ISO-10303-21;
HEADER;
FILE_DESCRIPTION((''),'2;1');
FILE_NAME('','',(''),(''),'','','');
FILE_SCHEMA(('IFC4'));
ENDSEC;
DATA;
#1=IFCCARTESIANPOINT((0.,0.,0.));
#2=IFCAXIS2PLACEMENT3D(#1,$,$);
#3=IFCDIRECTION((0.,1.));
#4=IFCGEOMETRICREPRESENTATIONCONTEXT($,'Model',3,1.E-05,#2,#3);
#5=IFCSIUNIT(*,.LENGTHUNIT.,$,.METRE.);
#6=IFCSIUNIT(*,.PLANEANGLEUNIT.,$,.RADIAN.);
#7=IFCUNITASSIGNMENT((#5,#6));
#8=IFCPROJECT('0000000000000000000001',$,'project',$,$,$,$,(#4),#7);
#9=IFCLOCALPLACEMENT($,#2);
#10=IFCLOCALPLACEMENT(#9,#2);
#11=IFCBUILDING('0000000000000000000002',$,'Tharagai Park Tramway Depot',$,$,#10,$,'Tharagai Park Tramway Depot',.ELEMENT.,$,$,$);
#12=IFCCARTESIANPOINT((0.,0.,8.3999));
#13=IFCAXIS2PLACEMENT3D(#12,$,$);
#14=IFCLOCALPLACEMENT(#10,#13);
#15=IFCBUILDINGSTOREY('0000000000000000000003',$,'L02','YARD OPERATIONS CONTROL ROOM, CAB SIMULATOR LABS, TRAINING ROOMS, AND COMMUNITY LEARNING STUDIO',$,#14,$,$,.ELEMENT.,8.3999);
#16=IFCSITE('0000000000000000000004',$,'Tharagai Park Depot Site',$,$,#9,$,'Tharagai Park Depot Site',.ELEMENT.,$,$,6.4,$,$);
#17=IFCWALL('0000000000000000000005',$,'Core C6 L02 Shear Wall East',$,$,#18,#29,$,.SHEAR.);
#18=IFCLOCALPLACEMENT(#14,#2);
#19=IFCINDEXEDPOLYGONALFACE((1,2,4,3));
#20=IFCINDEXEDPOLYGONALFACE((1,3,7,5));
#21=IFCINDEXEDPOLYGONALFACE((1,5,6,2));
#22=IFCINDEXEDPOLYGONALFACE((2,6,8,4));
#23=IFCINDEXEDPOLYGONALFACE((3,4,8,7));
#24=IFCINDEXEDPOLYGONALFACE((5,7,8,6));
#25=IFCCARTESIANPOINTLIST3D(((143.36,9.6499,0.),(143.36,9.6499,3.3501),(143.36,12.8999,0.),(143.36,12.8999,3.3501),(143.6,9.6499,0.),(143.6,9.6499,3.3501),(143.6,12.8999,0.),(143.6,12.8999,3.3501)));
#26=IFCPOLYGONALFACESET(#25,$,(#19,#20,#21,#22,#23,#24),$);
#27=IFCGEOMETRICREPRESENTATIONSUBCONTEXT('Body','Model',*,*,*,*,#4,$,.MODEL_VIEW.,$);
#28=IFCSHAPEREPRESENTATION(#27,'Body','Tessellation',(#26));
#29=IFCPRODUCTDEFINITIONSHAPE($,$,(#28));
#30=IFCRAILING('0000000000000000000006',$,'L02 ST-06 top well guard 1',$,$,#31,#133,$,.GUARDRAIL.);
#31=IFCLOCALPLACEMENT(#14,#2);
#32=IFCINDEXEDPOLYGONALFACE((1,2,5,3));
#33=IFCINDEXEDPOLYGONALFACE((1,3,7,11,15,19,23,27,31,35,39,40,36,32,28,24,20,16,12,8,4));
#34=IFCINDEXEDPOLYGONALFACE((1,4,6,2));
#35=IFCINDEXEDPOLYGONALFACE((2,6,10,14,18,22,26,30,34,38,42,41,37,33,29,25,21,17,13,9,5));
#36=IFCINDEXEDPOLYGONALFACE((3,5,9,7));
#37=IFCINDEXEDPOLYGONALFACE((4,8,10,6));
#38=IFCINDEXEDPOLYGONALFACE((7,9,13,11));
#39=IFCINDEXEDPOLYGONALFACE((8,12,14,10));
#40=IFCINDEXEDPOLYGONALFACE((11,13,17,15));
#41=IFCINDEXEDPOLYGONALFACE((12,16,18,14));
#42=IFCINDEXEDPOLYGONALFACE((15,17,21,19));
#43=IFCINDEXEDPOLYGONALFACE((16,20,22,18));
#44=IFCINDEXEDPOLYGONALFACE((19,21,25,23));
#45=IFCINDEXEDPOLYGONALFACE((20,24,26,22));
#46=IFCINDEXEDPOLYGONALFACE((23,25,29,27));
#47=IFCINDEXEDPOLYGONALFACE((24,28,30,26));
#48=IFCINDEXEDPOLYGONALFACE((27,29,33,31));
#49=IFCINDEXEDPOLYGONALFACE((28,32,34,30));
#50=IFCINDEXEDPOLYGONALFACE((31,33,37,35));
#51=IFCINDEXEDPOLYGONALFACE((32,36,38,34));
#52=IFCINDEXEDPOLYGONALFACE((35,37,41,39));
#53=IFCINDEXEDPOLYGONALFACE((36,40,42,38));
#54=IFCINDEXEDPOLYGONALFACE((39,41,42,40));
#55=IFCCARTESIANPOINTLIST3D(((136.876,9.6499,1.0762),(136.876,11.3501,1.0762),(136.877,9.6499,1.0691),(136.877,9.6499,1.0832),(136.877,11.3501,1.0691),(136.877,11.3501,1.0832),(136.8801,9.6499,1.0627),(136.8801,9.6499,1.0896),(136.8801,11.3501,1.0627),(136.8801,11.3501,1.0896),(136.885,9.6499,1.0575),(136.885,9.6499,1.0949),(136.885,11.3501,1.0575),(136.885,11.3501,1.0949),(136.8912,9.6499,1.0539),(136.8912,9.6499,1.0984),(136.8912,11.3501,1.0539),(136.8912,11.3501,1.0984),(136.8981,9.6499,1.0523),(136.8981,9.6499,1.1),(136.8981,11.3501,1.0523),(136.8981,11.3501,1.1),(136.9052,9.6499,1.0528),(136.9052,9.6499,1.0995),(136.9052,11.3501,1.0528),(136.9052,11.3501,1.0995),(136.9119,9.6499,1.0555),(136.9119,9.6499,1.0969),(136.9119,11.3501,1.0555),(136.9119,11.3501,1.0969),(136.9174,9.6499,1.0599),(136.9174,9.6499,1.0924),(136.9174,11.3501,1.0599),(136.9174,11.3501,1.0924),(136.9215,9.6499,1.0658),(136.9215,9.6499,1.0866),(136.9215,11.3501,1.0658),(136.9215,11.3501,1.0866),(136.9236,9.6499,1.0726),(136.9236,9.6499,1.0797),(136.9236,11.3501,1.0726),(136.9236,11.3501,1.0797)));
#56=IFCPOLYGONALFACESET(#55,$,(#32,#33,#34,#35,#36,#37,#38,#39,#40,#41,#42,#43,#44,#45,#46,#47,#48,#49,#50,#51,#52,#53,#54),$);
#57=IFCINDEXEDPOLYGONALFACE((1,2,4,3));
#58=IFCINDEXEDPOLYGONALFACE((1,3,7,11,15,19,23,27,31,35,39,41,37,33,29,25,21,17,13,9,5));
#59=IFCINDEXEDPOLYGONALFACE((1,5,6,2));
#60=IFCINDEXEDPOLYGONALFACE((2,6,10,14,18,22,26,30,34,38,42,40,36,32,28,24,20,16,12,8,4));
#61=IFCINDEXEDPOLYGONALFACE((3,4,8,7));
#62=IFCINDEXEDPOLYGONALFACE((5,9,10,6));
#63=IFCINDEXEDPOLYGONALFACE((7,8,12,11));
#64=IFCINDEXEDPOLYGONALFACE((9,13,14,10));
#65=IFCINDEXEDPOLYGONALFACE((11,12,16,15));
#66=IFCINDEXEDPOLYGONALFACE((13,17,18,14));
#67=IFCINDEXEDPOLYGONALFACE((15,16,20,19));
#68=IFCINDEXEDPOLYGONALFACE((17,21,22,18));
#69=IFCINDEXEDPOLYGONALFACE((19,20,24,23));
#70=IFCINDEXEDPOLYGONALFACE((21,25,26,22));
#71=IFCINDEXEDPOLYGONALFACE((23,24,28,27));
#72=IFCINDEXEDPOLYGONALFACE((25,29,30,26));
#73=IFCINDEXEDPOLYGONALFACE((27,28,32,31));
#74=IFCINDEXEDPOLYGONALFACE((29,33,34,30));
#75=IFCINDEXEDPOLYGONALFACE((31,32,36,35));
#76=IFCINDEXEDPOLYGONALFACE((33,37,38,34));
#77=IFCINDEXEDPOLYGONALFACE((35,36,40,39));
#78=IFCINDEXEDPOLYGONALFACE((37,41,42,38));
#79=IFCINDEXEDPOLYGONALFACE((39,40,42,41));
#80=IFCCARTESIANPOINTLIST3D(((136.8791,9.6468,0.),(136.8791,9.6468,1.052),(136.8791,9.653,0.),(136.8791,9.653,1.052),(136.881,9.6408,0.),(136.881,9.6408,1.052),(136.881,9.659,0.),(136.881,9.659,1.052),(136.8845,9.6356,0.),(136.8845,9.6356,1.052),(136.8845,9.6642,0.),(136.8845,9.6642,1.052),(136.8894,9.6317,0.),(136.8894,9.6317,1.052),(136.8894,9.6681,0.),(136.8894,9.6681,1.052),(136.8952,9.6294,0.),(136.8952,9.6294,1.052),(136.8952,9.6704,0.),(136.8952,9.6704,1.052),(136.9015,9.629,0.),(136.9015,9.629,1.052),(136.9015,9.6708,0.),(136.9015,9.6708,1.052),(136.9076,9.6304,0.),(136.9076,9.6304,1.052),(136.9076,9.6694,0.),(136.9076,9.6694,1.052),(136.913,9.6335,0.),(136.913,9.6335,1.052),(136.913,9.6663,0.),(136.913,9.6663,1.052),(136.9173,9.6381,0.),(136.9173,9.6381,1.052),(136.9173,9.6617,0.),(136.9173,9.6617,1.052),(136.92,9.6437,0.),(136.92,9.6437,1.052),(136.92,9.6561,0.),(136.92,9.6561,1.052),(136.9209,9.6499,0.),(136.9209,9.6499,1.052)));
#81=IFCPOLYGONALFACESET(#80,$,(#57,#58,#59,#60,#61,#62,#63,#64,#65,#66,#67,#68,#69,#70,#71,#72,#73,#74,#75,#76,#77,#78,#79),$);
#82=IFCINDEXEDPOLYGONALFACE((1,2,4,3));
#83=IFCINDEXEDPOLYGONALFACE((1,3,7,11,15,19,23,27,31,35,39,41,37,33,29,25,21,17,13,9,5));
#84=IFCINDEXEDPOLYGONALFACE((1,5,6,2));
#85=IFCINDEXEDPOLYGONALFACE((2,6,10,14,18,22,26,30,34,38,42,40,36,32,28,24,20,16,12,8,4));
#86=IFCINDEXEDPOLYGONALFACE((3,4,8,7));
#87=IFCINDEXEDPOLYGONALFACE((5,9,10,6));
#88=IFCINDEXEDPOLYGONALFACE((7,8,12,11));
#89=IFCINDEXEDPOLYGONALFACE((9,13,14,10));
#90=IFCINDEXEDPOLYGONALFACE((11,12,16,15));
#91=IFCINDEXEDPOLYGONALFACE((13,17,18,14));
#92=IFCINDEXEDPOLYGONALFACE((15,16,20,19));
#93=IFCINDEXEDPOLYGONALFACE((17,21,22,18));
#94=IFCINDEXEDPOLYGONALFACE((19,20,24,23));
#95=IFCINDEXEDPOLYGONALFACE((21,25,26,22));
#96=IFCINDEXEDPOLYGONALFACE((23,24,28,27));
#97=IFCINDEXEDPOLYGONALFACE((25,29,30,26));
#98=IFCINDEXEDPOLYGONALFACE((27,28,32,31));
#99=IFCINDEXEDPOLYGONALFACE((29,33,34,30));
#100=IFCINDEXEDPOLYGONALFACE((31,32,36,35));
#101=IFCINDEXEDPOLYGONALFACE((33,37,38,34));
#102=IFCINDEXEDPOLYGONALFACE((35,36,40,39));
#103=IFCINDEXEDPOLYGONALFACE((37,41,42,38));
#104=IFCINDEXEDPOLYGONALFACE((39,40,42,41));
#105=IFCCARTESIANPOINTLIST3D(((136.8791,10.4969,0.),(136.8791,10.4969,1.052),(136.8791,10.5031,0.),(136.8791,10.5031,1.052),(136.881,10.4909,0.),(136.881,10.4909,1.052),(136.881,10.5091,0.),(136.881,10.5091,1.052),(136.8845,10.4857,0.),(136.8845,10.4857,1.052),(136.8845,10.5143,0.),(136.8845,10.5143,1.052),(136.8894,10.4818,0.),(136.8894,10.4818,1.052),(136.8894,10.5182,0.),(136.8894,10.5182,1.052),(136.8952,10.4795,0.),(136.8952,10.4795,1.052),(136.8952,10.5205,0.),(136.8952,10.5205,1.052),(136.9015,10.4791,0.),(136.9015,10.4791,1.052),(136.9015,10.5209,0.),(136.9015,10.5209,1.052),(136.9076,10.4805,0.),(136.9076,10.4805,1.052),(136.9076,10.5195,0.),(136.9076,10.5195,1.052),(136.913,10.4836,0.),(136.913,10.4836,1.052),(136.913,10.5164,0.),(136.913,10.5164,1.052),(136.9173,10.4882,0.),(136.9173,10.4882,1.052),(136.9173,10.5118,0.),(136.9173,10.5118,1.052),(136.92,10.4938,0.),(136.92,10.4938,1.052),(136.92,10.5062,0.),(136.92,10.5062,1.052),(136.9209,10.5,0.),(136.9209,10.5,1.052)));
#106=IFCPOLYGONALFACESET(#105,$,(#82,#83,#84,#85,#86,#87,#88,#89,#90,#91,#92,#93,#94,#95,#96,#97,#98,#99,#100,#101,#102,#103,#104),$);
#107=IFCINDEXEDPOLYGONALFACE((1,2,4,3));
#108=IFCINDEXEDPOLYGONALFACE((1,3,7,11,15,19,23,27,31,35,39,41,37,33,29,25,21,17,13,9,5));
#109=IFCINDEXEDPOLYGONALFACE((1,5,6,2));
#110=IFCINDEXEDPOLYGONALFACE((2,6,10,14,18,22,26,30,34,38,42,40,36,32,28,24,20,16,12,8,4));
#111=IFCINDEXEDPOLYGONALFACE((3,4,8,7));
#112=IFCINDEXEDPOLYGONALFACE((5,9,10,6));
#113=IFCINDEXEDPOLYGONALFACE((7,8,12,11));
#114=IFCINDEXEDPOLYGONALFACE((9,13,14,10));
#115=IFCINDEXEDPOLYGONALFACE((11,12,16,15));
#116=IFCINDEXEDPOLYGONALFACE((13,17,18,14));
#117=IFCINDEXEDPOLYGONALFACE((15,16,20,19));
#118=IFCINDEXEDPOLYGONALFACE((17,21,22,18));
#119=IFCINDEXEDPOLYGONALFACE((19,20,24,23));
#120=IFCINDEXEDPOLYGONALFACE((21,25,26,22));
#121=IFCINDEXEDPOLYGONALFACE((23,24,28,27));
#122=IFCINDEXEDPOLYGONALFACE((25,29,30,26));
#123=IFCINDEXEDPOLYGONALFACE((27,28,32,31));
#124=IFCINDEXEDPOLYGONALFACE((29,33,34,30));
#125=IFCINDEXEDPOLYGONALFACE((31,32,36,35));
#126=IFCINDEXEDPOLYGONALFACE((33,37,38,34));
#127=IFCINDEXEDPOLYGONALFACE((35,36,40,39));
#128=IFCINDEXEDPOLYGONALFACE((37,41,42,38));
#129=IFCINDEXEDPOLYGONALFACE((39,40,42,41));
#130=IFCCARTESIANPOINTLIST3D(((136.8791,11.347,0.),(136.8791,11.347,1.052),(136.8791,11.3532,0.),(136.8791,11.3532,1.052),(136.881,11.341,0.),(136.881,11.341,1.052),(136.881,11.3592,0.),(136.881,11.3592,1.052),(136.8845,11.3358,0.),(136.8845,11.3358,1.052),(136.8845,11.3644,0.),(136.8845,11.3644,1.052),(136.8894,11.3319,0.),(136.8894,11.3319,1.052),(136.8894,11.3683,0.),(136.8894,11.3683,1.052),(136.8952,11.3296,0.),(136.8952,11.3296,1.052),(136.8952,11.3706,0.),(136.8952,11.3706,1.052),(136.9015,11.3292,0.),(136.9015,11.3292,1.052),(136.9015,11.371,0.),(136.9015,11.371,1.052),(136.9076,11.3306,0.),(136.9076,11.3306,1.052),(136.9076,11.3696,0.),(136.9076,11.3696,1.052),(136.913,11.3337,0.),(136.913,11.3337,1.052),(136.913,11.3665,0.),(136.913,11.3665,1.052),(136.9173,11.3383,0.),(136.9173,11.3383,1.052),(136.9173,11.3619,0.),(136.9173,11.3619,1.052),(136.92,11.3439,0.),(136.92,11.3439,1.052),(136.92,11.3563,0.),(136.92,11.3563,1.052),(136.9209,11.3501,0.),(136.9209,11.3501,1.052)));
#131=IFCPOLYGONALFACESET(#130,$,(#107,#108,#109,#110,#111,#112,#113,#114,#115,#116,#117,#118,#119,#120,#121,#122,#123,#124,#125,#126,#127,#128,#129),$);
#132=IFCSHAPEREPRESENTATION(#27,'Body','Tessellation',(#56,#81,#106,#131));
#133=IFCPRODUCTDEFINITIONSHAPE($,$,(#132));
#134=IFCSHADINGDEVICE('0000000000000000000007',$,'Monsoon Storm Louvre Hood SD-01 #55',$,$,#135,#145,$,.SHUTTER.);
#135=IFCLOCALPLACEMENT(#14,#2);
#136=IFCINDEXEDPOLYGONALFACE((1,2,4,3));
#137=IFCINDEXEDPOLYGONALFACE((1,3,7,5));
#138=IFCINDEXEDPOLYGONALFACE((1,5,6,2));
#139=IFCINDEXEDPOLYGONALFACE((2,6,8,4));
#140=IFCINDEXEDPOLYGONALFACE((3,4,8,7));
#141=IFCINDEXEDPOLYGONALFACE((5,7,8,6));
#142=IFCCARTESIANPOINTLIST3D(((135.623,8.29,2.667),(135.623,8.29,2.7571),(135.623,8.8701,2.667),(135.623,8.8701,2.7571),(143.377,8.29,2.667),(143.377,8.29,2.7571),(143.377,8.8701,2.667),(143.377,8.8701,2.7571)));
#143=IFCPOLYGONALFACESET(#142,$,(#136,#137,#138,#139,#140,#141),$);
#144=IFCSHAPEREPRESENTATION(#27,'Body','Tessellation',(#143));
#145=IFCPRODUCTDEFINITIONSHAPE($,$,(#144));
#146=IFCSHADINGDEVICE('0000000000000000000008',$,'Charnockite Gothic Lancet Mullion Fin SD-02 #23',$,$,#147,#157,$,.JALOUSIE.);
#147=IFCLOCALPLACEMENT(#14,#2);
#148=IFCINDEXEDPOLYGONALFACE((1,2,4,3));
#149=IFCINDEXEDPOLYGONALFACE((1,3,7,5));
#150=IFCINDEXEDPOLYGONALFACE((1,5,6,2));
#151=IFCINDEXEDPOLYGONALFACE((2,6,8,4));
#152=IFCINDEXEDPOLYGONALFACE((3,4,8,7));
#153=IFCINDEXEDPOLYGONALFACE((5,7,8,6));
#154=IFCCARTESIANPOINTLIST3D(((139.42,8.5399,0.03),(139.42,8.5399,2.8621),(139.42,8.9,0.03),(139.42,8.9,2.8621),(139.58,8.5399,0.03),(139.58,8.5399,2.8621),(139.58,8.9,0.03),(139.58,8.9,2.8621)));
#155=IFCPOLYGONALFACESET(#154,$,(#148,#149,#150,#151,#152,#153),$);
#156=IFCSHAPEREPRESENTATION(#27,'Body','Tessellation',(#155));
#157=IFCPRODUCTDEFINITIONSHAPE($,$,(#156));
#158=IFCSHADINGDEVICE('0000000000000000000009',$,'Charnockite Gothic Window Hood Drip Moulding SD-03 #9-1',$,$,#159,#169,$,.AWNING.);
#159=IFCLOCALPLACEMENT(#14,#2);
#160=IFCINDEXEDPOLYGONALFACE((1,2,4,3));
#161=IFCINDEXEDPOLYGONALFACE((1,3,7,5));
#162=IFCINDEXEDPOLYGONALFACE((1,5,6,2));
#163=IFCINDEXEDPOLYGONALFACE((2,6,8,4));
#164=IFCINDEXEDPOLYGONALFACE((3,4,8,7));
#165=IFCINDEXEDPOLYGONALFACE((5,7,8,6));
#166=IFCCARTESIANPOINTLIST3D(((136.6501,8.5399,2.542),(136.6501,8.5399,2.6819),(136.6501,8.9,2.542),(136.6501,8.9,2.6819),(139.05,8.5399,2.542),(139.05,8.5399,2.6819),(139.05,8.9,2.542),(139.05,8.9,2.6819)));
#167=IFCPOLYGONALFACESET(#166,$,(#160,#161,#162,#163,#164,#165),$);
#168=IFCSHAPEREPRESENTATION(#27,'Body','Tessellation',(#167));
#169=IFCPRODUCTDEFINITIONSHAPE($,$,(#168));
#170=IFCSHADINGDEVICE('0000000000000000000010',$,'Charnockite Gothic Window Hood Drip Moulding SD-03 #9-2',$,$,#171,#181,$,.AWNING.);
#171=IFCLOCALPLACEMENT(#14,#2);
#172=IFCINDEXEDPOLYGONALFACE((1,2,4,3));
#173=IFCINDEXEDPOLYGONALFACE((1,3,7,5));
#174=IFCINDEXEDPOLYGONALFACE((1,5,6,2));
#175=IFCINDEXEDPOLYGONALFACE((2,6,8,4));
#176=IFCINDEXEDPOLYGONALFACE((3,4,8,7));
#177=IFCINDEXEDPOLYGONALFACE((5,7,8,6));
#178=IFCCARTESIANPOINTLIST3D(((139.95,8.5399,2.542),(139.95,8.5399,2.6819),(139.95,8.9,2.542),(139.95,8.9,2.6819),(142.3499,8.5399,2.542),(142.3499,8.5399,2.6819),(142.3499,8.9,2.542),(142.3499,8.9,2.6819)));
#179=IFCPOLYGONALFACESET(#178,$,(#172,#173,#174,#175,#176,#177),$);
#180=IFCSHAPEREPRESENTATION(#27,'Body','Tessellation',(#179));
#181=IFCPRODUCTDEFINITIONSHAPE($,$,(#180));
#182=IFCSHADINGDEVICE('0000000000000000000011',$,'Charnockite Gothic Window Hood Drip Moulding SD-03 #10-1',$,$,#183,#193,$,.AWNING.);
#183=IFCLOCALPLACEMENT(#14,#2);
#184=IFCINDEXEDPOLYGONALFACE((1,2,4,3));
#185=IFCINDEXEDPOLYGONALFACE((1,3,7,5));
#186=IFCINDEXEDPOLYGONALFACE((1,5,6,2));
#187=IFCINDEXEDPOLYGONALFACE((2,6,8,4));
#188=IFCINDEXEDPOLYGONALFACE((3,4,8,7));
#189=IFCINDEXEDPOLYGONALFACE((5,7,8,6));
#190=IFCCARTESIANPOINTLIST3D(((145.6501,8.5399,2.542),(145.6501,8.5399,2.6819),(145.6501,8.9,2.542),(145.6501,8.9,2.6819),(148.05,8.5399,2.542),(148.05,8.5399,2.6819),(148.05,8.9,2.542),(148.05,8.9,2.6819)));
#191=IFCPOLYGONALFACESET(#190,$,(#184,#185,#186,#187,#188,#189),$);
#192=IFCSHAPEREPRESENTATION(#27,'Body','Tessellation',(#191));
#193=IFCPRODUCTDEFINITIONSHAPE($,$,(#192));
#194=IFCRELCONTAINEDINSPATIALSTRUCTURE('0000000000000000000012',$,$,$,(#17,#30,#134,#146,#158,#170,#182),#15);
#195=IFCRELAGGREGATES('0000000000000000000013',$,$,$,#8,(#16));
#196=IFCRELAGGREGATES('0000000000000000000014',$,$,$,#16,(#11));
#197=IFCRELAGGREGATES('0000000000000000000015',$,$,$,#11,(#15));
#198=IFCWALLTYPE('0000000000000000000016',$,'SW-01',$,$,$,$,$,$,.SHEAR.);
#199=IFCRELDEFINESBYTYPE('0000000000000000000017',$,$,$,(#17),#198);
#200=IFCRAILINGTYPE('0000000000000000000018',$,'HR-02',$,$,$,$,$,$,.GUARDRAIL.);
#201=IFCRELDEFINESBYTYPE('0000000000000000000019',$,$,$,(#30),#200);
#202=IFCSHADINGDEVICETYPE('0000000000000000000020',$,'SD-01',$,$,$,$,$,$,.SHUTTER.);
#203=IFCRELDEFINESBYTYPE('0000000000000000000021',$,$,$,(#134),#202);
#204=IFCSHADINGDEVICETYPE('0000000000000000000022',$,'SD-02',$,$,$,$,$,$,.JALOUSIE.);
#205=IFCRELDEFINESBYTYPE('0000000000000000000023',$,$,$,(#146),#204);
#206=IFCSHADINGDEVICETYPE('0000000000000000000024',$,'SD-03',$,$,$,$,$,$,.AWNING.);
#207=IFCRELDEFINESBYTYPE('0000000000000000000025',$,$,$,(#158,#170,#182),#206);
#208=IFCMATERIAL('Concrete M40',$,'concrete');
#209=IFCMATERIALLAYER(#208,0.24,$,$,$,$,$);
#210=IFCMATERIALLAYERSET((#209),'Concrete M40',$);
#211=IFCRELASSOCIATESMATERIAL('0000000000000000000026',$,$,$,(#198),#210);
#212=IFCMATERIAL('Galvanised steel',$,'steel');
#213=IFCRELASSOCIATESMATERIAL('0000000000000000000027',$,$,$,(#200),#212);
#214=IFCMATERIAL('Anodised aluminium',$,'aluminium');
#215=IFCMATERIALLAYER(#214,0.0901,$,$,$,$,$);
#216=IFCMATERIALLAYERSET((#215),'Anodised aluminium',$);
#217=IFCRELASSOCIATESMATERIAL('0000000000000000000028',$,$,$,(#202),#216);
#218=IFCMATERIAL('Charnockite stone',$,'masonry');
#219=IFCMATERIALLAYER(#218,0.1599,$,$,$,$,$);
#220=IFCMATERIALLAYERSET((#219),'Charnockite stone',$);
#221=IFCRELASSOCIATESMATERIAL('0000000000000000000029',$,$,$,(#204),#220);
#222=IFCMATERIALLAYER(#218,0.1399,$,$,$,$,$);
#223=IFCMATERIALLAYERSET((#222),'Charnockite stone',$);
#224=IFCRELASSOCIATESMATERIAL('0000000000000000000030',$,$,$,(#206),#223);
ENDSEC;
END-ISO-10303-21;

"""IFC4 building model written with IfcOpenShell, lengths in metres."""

from ifc_helpers import new_model, si_unit, direction, frame, frame_2d, origin, origin_2d, place, context, subcontext, project, spatial, rectangle, circle, extrude, material, layer, layer_set, type_object, element, save


model = new_model("IFC4")

# Units and contexts
model_context = context("Model", 3, precision=1e-05, world=origin(), true_north=direction((0.0, 1.0)))
body_context = subcontext(model_context, "Body", "Model", "MODEL_VIEW")
ifc_project = project(units=[si_unit("LENGTHUNIT", "METRE"), si_unit("PLANEANGLEUNIT", "RADIAN")], contexts=[model_context])

# Site, building, storey
site_placement = place(None, origin())
site = spatial("IfcSite", under=ifc_project, at=site_placement, Name="Tharagai Park Depot Site", LongName="Tharagai Park Depot Site", CompositionType="ELEMENT", RefElevation=6.4)
building_placement = place(site_placement, origin())
building = spatial("IfcBuilding", under=site, at=building_placement, Name="Tharagai Park Tramway Depot", LongName="Tharagai Park Tramway Depot", CompositionType="ELEMENT")
storey_placement = place(building_placement, frame((0.0, 0.0, 8.3999)))
storey = spatial("IfcBuildingStorey", under=building, at=storey_placement, Name="L02", Description="YARD OPERATIONS CONTROL ROOM, CAB SIMULATOR LABS, TRAINING ROOMS, AND COMMUNITY LEARNING STUDIO", CompositionType="ELEMENT", Elevation=8.3999)

# Shared definitions
ifc_material_1 = material(Name="Concrete M40", Category="concrete")

# Wall
ifc_material_2 = material(Name="Charnockite stone", Category="masonry")
ifc_layer_1 = layer(ifc_material_1, 0.24)
ifc_layer_set_1 = layer_set([ifc_layer_1], Name="Concrete M40")
wall_type_1 = type_object("IfcWallType", Name="SW-01", PredefinedType="SHEAR", material=ifc_layer_set_1)
wall_1_placement = place(storey_placement, frame((143.48, 9.6499, 0.0), z_axis=(0.0, 0.0, 1.0), x_axis=(0.0, 1.0, 0.0)))
element("IfcWall", 1, at=wall_1_placement, inside=storey, type_object=wall_type_1, Name="Core C6 L02 Shear Wall East", PredefinedType="SHEAR", context=body_context, shape_type="SweptSolid", body=[
    extrude(rectangle(XDim=3.25, YDim=0.24, at=frame_2d((1.625, 0.0))), origin(), (0.0, 0.0, 1.0), 3.3501),
])

# Railing
ifc_material_3 = material(Name="Galvanised steel", Category="steel")
railing_type_1 = type_object("IfcRailingType", Name="HR-02", PredefinedType="GUARDRAIL", material=ifc_material_3)
railing_1_placement = place(storey_placement, frame((136.8999, 9.6499, 0.0)))
element("IfcRailing", 2, at=railing_1_placement, inside=storey, type_object=railing_type_1, Name="L02 ST-06 top well guard 1", PredefinedType="GUARDRAIL", context=body_context, shape_type="SweptSolid", body=[
    extrude(circle(Radius=0.0239, at=origin_2d()), frame((0.0, 0.0, 1.0762), z_axis=(0.0, 1.0, 0.0), x_axis=(-1.0, 0.0, 0.0)), (0.0, 0.0, 1.0), 1.7002),
    extrude(circle(Radius=0.021, at=origin_2d()), origin(), (0.0, 0.0, 1.0), 1.052),
    extrude(circle(Radius=0.021, at=origin_2d()), frame((0.0, 0.8501, 0.0)), (0.0, 0.0, 1.0), 1.052),
    extrude(circle(Radius=0.021, at=origin_2d()), frame((0.0, 1.7002, 0.0)), (0.0, 0.0, 1.0), 1.052),
])

# Shading devices
ifc_material_4 = material(Name="Anodised aluminium", Category="aluminium")
ifc_layer_2 = layer(ifc_material_4, 0.0901)
ifc_layer_set_2 = layer_set([ifc_layer_2], Name="Anodised aluminium")
shading_device_type_1 = type_object("IfcShadingDeviceType", Name="SD-01", PredefinedType="SHUTTER", material=ifc_layer_set_2)
shading_device_1_placement = place(storey_placement, frame((139.5, 8.5801, 2.667), z_axis=(0.0, 0.0, 1.0), x_axis=(1.0, 0.0, 0.0)))
element("IfcShadingDevice", 3, at=shading_device_1_placement, inside=storey, type_object=shading_device_type_1, Name="Monsoon Storm Louvre Hood SD-01 #55", PredefinedType="SHUTTER", context=body_context, shape_type="SweptSolid", body=[
    extrude(rectangle(XDim=7.7539, YDim=0.5801, at=origin_2d()), origin(), (0.0, 0.0, 1.0), 0.0901),
])
ifc_layer_3 = layer(ifc_material_2, 0.1599)
ifc_layer_set_3 = layer_set([ifc_layer_3], Name="Charnockite stone")
shading_device_type_2 = type_object("IfcShadingDeviceType", Name="SD-02", PredefinedType="JALOUSIE", material=ifc_layer_set_3)
shading_device_2_placement = place(storey_placement, frame((139.5, 8.72, 0.03), z_axis=(0.0, 0.0, 1.0), x_axis=(1.0, 0.0, 0.0)))
element("IfcShadingDevice", 4, at=shading_device_2_placement, inside=storey, type_object=shading_device_type_2, Name="Charnockite Gothic Lancet Mullion Fin SD-02 #23", PredefinedType="JALOUSIE", context=body_context, shape_type="SweptSolid", body=[
    extrude(rectangle(XDim=0.1599, YDim=0.3601, at=origin_2d()), origin(), (0.0, 0.0, 1.0), 2.832),
])
ifc_layer_4 = layer(ifc_material_2, 0.1399)
ifc_layer_set_4 = layer_set([ifc_layer_4], Name="Charnockite stone")
shading_device_type_3 = type_object("IfcShadingDeviceType", Name="SD-03", PredefinedType="AWNING", material=ifc_layer_set_4)
for number, where, z_axis, x_axis, name in (
    (5, (137.8501, 8.72, 2.542), (0.0, 0.0, 1.0), (1.0, 0.0, 0.0), "Charnockite Gothic Window Hood Drip Moulding SD-03 #9-1"),
    (6, (141.1499, 8.72, 2.542), (0.0, 0.0, 1.0), (1.0, 0.0, 0.0), "Charnockite Gothic Window Hood Drip Moulding SD-03 #9-2"),
    (7, (146.8501, 8.72, 2.542), (0.0, 0.0, 1.0), (1.0, 0.0, 0.0), "Charnockite Gothic Window Hood Drip Moulding SD-03 #10-1"),
):
    element("IfcShadingDevice", number, at=place(storey_placement, frame(where, z_axis=z_axis, x_axis=x_axis)), inside=storey, type_object=shading_device_type_3, Name=name, PredefinedType="AWNING", context=body_context, shape_type="SweptSolid", body=[
        extrude(rectangle(XDim=2.3999, YDim=0.3601, at=origin_2d()), origin(), (0.0, 0.0, 1.0), 0.1399),
    ])

save(model, "model.ifc")
